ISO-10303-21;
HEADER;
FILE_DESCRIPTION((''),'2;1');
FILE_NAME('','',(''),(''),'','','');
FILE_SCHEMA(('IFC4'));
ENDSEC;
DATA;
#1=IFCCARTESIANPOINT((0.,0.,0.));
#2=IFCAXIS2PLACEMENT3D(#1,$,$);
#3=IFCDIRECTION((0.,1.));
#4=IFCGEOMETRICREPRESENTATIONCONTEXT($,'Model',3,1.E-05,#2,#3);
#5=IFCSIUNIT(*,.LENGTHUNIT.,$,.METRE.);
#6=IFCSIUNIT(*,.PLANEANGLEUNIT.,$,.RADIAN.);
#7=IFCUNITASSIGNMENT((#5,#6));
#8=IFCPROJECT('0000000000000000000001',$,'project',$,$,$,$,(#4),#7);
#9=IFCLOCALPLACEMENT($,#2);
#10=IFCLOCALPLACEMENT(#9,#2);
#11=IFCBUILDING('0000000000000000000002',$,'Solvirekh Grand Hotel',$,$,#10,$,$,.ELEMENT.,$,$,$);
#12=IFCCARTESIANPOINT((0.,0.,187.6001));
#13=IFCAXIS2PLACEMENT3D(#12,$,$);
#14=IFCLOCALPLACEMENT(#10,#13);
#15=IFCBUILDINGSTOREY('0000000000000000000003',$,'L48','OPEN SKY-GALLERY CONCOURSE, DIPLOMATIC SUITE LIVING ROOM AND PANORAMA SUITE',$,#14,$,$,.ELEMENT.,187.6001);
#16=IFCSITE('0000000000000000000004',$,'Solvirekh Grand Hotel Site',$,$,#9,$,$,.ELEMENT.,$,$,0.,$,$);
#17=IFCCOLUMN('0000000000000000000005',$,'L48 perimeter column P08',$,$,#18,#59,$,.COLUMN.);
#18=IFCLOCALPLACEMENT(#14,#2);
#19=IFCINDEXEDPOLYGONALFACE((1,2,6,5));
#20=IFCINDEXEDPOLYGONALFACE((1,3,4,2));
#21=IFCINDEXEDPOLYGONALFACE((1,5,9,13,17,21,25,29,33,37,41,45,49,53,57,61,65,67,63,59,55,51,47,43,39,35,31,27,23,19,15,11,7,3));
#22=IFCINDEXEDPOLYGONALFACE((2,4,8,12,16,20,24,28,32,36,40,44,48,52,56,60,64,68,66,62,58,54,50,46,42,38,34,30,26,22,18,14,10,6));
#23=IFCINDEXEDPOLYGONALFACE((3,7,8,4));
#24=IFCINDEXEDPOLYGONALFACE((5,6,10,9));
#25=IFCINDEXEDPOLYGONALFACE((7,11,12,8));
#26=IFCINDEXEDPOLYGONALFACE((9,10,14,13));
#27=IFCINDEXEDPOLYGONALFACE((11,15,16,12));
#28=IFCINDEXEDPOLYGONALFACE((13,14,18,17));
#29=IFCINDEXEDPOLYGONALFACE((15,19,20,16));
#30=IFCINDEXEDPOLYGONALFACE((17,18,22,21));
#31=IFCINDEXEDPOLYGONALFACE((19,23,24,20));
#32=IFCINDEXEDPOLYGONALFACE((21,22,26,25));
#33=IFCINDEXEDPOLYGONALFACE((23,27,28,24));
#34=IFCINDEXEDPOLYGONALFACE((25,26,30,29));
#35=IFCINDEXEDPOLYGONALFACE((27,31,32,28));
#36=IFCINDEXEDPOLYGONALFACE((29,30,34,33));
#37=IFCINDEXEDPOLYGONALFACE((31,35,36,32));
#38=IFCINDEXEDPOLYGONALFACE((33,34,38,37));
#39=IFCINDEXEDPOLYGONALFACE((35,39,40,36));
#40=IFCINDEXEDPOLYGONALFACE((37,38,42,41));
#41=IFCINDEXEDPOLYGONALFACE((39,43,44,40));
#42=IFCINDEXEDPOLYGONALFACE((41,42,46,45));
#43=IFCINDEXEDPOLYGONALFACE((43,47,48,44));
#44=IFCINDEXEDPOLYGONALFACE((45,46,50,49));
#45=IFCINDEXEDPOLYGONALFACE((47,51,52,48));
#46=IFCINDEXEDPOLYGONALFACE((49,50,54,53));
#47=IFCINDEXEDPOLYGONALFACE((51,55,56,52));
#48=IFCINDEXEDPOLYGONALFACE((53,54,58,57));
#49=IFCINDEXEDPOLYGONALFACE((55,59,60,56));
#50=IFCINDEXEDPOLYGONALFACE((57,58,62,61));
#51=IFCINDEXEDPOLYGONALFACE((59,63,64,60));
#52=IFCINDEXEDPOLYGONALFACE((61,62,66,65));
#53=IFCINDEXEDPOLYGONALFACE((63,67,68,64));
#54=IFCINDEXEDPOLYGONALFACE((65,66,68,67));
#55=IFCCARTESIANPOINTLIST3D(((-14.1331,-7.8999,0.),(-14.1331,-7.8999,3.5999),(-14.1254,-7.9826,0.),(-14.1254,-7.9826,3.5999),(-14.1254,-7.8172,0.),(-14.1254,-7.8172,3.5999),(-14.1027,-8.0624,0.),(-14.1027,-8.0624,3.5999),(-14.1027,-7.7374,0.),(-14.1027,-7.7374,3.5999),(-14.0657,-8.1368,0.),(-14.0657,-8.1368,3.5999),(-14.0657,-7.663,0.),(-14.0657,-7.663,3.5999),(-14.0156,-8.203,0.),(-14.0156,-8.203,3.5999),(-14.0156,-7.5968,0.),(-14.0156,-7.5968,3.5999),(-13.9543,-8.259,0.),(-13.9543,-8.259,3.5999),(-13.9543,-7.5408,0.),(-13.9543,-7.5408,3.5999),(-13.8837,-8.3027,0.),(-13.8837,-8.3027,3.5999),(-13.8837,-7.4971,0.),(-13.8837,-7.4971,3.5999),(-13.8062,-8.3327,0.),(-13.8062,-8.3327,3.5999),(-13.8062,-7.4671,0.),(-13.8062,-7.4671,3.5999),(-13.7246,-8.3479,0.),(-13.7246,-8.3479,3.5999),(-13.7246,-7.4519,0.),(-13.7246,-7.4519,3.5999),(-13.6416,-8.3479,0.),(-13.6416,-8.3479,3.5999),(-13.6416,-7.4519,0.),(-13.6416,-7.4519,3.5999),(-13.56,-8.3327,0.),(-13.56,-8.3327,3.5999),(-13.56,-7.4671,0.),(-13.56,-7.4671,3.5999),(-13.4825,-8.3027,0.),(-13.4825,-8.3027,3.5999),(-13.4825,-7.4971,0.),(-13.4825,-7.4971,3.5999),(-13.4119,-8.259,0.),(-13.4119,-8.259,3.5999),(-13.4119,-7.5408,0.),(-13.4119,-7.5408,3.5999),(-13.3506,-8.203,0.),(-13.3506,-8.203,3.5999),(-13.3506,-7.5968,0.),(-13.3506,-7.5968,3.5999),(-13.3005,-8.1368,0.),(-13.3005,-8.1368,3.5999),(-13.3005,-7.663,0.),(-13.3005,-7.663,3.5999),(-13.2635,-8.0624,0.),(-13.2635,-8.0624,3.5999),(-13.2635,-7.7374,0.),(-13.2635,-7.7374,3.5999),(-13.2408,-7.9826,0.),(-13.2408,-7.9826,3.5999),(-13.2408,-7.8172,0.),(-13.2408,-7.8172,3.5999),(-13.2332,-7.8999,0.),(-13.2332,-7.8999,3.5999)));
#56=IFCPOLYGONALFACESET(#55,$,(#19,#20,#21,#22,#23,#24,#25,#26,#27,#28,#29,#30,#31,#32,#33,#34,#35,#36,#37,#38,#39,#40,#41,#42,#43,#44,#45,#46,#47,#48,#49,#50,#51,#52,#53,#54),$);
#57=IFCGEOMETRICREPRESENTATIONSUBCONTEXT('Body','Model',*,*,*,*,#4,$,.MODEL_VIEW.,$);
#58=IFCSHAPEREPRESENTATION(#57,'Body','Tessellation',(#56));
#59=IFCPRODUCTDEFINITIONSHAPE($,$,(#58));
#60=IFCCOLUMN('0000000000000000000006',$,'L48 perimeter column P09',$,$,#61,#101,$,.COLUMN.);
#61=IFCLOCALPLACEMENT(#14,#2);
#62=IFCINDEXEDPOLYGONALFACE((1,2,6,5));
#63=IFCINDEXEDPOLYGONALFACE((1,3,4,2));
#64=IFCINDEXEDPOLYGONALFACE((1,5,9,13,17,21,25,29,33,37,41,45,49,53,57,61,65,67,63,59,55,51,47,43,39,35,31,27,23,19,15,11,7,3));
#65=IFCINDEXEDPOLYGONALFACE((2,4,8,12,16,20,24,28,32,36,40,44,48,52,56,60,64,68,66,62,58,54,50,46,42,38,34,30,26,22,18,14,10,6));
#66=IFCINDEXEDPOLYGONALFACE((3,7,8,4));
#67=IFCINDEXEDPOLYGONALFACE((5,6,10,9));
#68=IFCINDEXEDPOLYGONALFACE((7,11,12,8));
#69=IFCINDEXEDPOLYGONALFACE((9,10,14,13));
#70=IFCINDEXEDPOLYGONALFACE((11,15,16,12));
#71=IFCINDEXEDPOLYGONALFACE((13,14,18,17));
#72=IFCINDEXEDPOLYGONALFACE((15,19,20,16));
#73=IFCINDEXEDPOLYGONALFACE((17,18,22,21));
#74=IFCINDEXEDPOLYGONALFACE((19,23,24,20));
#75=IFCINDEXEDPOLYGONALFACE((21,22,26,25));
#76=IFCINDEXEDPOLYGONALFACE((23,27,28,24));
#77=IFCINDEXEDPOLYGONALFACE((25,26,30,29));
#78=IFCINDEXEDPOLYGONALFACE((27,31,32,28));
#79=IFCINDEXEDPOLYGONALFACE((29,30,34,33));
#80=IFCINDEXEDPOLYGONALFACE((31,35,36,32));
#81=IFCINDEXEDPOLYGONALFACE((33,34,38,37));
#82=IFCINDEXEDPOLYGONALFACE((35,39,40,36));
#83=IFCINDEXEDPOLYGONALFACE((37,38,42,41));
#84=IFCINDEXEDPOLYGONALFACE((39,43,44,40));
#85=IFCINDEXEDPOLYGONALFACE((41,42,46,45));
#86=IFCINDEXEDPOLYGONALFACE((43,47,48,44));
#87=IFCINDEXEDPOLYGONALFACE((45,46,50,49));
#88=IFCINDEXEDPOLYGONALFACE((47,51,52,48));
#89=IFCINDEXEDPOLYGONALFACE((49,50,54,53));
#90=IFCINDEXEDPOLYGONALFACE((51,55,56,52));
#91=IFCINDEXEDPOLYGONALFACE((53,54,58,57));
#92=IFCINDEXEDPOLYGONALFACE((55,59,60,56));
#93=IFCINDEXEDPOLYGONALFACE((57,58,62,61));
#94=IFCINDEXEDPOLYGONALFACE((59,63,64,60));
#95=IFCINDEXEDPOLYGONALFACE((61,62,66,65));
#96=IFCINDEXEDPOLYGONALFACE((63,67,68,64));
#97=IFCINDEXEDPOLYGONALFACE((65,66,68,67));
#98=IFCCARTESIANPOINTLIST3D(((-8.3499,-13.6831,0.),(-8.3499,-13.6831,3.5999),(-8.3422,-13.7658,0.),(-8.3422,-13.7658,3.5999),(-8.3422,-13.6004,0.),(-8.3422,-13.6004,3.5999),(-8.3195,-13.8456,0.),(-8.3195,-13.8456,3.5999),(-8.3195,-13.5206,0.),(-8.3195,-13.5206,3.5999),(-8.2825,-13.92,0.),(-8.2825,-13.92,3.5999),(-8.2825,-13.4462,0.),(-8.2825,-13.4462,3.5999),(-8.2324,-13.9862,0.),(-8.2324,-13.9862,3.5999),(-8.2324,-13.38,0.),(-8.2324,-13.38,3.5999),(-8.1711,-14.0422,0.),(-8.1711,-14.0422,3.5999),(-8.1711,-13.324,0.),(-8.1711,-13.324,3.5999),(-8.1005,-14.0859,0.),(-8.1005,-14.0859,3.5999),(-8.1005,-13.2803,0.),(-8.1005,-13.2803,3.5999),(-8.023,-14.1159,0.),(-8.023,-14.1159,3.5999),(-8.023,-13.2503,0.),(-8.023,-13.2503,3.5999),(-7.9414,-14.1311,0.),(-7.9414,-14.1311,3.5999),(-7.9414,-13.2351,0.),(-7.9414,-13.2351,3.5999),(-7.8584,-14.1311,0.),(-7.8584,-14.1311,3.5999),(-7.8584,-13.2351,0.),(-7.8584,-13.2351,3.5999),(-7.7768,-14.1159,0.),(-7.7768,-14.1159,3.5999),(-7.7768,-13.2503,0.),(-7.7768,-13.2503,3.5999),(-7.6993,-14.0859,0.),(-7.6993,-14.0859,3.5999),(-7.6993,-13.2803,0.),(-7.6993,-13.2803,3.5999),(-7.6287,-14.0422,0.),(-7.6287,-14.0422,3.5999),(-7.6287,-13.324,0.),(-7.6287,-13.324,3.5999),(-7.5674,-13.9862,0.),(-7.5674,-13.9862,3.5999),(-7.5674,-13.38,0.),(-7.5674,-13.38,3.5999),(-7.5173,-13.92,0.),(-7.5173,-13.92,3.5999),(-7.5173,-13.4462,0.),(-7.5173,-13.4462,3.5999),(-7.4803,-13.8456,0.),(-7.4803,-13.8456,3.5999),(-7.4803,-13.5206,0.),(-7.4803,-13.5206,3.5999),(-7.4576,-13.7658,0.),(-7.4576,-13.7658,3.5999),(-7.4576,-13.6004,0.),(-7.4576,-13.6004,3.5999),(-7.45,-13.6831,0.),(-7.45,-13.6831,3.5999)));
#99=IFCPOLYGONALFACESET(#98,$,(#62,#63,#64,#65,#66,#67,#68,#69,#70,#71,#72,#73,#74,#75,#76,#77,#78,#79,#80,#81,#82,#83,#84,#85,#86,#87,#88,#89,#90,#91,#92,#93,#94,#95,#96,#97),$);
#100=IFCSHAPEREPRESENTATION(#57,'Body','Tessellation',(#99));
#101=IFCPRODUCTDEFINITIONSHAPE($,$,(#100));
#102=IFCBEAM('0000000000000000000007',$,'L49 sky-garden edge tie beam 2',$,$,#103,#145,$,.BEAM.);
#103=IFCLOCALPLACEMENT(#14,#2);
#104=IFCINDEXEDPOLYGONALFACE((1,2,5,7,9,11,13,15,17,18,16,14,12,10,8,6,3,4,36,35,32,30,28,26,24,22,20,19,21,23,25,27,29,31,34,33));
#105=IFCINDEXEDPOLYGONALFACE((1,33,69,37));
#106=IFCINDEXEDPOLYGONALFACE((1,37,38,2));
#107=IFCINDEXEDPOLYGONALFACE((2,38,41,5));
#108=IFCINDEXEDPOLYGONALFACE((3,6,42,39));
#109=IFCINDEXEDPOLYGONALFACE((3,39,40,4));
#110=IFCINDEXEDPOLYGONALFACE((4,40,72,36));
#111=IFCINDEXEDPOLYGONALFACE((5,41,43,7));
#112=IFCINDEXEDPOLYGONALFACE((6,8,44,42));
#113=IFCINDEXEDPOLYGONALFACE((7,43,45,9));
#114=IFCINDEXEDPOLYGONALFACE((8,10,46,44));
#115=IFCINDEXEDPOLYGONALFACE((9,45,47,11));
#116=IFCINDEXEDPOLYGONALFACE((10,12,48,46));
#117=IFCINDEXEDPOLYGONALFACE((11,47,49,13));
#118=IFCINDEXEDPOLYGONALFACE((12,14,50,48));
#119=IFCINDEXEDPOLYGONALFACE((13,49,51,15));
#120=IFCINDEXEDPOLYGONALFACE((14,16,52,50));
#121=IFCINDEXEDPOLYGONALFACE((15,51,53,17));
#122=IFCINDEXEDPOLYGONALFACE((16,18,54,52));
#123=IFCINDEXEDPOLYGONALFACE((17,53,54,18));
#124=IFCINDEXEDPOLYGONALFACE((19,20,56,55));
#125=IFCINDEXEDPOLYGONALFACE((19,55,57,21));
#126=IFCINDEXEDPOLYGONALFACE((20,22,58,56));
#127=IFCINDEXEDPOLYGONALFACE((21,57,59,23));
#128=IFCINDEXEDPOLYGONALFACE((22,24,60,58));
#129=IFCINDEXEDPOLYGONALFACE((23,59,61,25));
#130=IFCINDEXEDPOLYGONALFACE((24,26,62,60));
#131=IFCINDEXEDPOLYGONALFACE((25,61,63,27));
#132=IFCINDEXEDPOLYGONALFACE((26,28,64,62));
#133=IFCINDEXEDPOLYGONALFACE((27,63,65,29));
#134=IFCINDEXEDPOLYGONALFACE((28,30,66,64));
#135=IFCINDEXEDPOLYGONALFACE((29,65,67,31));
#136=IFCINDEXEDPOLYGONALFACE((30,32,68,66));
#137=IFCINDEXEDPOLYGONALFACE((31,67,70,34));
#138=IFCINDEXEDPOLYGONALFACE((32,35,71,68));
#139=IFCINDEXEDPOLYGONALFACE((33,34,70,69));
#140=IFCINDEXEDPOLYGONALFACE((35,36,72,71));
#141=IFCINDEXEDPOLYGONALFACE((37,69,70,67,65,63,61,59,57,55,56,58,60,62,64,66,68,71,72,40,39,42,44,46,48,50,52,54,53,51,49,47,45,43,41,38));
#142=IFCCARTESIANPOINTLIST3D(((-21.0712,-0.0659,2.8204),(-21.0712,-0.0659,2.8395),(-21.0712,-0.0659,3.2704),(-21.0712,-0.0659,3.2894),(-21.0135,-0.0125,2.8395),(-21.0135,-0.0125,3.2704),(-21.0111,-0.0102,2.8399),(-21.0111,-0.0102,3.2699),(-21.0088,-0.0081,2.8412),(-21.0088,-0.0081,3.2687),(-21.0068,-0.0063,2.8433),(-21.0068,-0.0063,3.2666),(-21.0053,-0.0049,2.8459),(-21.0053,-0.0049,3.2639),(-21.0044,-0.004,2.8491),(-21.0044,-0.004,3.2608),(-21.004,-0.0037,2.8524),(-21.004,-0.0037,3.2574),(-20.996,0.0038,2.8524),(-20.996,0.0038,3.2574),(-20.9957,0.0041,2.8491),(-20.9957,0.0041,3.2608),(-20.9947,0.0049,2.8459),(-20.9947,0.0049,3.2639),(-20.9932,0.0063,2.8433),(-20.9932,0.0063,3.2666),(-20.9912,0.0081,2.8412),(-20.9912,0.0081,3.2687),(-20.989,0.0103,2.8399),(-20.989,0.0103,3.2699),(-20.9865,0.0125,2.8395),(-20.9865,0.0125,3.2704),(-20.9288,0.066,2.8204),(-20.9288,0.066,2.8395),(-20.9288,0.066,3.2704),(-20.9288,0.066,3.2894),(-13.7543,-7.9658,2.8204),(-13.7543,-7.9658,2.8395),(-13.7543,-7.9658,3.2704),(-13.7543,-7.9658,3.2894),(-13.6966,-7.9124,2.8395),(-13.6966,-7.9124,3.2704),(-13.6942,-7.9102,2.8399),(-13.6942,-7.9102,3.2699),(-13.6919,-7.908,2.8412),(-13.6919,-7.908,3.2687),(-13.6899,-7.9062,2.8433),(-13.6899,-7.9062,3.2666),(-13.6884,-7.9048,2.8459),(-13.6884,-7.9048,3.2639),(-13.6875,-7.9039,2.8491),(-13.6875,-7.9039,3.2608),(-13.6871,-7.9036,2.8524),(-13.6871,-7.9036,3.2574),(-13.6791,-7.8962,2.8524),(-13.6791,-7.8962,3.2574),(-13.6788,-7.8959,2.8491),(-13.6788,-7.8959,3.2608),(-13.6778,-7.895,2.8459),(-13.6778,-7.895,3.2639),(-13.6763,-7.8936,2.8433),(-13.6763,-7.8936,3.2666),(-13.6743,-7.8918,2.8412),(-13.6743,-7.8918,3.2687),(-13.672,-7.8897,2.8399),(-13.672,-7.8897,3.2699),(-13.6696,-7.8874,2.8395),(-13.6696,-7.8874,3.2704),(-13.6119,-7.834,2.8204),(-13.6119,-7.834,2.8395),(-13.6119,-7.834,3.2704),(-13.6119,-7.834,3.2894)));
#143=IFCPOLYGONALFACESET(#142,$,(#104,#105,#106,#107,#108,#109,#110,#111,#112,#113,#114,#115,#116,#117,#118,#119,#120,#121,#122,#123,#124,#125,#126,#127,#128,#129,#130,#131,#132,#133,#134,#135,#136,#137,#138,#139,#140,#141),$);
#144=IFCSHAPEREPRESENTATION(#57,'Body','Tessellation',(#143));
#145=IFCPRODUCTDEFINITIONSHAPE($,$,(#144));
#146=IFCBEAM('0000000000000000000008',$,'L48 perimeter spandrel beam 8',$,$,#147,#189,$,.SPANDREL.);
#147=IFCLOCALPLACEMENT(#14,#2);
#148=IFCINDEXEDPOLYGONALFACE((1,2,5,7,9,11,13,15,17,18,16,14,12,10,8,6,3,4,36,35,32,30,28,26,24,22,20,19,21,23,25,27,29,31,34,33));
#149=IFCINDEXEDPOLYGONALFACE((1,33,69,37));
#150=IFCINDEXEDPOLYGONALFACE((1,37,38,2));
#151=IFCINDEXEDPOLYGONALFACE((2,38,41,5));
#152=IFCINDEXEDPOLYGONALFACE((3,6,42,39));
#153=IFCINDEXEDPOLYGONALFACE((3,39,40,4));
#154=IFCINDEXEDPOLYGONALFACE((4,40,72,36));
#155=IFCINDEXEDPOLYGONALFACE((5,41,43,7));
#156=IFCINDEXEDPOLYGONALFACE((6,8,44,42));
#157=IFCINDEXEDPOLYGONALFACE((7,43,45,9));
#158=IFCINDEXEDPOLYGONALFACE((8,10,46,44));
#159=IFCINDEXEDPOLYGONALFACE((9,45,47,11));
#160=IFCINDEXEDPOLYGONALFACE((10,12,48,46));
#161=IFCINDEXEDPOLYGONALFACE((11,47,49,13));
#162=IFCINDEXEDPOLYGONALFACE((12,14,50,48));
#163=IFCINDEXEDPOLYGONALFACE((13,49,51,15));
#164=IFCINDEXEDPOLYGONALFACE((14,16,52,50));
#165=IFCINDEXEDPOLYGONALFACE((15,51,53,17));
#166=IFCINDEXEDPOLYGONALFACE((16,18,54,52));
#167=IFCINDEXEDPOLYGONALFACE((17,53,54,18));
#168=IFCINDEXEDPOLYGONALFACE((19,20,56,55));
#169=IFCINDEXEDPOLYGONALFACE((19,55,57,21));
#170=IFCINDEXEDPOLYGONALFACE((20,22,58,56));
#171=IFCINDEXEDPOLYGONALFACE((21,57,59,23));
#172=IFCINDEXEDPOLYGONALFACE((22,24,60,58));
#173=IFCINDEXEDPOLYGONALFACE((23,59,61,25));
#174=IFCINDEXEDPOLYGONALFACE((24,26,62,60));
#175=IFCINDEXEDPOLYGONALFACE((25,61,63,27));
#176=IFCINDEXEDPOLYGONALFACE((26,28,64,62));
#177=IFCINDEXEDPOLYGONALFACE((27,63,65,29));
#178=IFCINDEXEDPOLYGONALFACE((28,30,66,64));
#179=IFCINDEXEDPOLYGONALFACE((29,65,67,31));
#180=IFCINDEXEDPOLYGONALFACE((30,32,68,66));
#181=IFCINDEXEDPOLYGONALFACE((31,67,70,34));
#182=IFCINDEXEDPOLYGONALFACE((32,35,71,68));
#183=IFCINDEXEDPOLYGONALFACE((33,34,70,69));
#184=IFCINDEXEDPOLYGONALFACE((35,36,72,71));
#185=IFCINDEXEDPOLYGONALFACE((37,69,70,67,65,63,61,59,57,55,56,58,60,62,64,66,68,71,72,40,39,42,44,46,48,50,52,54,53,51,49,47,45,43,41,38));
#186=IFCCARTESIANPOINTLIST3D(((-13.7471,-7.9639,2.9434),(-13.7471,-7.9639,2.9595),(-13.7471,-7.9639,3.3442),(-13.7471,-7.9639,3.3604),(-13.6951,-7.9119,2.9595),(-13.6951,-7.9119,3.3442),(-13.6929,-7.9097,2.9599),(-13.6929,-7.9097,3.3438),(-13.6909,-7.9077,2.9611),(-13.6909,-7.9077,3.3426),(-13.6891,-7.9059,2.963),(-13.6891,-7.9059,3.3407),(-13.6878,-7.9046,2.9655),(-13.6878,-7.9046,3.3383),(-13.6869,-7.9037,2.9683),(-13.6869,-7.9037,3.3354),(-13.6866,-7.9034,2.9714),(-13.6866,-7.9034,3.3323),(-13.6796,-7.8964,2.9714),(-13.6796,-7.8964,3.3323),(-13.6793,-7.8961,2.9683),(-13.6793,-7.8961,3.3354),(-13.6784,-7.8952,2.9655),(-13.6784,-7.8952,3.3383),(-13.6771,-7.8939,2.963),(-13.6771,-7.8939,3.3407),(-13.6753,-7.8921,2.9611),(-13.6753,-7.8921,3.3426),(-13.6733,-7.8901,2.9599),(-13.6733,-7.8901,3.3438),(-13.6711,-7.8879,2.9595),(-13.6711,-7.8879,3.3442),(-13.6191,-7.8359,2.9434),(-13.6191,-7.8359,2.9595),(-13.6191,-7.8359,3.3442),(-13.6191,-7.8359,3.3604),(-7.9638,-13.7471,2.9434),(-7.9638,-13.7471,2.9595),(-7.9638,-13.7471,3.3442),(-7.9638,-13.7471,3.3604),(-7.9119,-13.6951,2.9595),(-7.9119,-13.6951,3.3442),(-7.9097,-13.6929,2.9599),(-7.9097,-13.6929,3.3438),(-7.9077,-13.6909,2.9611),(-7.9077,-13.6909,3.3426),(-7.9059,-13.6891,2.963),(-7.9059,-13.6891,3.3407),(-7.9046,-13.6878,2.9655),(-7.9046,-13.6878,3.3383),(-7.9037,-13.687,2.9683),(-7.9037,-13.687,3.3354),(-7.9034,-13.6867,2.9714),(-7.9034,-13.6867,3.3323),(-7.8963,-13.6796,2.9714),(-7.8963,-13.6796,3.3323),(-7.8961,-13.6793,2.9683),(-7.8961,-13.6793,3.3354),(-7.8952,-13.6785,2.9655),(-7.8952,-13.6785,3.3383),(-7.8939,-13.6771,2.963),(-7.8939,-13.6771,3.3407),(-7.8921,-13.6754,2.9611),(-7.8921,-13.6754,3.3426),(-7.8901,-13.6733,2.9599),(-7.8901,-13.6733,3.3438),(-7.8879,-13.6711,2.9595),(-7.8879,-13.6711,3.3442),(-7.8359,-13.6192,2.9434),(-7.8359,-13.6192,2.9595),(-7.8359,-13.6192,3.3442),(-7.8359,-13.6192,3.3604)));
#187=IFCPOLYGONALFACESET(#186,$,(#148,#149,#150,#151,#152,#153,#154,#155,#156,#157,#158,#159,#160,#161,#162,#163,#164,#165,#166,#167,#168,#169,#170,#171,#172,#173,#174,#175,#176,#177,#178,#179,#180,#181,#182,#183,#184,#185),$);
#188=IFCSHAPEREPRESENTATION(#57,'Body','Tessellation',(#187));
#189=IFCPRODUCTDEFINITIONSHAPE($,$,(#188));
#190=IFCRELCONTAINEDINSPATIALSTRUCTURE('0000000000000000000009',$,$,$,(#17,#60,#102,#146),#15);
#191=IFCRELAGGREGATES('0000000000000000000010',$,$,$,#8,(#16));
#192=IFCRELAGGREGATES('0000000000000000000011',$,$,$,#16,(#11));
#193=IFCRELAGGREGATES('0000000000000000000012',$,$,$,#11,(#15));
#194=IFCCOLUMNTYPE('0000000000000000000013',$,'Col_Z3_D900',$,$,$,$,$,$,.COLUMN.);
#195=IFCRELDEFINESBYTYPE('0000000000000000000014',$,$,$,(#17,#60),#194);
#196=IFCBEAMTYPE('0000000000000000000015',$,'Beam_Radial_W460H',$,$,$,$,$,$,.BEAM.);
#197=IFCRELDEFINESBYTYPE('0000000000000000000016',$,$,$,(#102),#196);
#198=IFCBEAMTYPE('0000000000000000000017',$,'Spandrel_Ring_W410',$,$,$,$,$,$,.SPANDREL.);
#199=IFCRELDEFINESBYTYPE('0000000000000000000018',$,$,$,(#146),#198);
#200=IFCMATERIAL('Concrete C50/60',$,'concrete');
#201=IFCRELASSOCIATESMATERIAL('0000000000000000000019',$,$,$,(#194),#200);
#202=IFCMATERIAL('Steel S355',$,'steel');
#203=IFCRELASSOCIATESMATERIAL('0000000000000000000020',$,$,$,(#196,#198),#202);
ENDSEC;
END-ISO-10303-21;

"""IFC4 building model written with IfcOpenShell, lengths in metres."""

from ifc_helpers import new_model, si_unit, direction, frame, origin, origin_2d, place, context, subcontext, project, spatial, circle, i_section, extrude, material, material_profile, profile_set, type_object, element, save


model = new_model("IFC4")

# Units and contexts
model_context = context("Model", 3, precision=1e-05, world=origin(), true_north=direction((0.0, 1.0)))
body_context = subcontext(model_context, "Body", "Model", "MODEL_VIEW")
ifc_project = project(units=[si_unit("LENGTHUNIT", "METRE"), si_unit("PLANEANGLEUNIT", "RADIAN")], contexts=[model_context])

# Site, building, storey
site_placement = place(None, origin())
site = spatial("IfcSite", under=ifc_project, at=site_placement, Name="Solvirekh Grand Hotel Site", CompositionType="ELEMENT", RefElevation=0.0)
building_placement = place(site_placement, origin())
building = spatial("IfcBuilding", under=site, at=building_placement, Name="Solvirekh Grand Hotel", CompositionType="ELEMENT")
storey_placement = place(building_placement, frame((0.0, 0.0, 187.6001)))
storey = spatial("IfcBuildingStorey", under=building, at=storey_placement, Name="L48", Description="OPEN SKY-GALLERY CONCOURSE, DIPLOMATIC SUITE LIVING ROOM AND PANORAMA SUITE", CompositionType="ELEMENT", Elevation=187.6001)

# Columns
ifc_material_1 = material(Name="Concrete C50/60", Category="concrete")
ifc_material_profile_1 = material_profile(ifc_material_1, circle(Radius=0.45, at=origin_2d()), Name="RC CIRC D900")
ifc_profile_set_1 = profile_set([ifc_material_profile_1], Name="Concrete C50/60")
column_type = type_object("IfcColumnType", Name="Col_Z3_D900", PredefinedType="COLUMN", material=ifc_profile_set_1)
for number, where, z_axis, x_axis, name in (
    (1, (-13.6831, -7.8999, 0.0), (0.0, 0.0, 1.0), (1.0, 0.0, 0.0), "L48 perimeter column P08"),
    (2, (-7.8999, -13.6831, 0.0), (0.0, 0.0, 1.0), (1.0, 0.0, 0.0), "L48 perimeter column P09"),
):
    element("IfcColumn", number, at=place(storey_placement, frame(where, z_axis=z_axis, x_axis=x_axis)), inside=storey, type_object=column_type, Name=name, PredefinedType="COLUMN", context=body_context, shape_type="SweptSolid", body=[
        extrude(circle(Radius=0.45, at=origin_2d()), origin(), (0.0, 0.0, 1.0), 3.5999),
    ])

# Beams
ifc_material_2 = material(Name="Steel S355", Category="steel")
ifc_material_profile_2 = material_profile(ifc_material_2, i_section(OverallWidth=0.1941, OverallDepth=0.469, WebThickness=0.011, FlangeThickness=0.019, FilletRadius=0.0129, at=origin_2d()), Name="W460X106")
ifc_profile_set_2 = profile_set([ifc_material_profile_2], Name="Steel S355")
beam_type_1 = type_object("IfcBeamType", Name="Beam_Radial_W460H", PredefinedType="BEAM", material=ifc_profile_set_2)
beam_placement = place(storey_placement, frame((-13.6831, -7.8999, 3.0549), z_axis=(-0.679517, 0.73366, 0.0), x_axis=(-0.73366, -0.679517, 0.0)))
element("IfcBeam", 3, at=beam_placement, inside=storey, type_object=beam_type_1, Name="L49 sky-garden edge tie beam 2", PredefinedType="BEAM", context=body_context, shape_type="SweptSolid", body=[
    extrude(i_section(OverallWidth=0.1941, OverallDepth=0.469, WebThickness=0.011, FlangeThickness=0.019, FilletRadius=0.0129, at=origin_2d()), origin(), (0.0, 0.0, 1.0), 10.7678),
])
ifc_material_profile_3 = material_profile(ifc_material_2, i_section(OverallWidth=0.1809, OverallDepth=0.417, WebThickness=0.01, FlangeThickness=0.0161, FilletRadius=0.012, at=origin_2d()), Name="W410X85")
ifc_profile_set_3 = profile_set([ifc_material_profile_3], Name="Steel S355")
beam_type_2 = type_object("IfcBeamType", Name="Spandrel_Ring_W410", PredefinedType="SPANDREL", material=ifc_profile_set_3)
for number, where, z_axis, x_axis, name in (
    (4, (-13.6831, -7.8999, 3.1519), (0.707107, -0.707107, 0.0), (0.707107, 0.707107, 0.0), "L48 perimeter spandrel beam 8"),
):
    element("IfcBeam", number, at=place(storey_placement, frame(where, z_axis=z_axis, x_axis=x_axis)), inside=storey, type_object=beam_type_2, Name=name, PredefinedType="SPANDREL", context=body_context, shape_type="SweptSolid", body=[
        extrude(i_section(OverallWidth=0.1809, OverallDepth=0.417, WebThickness=0.01, FlangeThickness=0.0161, FilletRadius=0.012, at=origin_2d()), origin(), (0.0, 0.0, 1.0), 8.1787),
    ])

save(model, "model.ifc")
